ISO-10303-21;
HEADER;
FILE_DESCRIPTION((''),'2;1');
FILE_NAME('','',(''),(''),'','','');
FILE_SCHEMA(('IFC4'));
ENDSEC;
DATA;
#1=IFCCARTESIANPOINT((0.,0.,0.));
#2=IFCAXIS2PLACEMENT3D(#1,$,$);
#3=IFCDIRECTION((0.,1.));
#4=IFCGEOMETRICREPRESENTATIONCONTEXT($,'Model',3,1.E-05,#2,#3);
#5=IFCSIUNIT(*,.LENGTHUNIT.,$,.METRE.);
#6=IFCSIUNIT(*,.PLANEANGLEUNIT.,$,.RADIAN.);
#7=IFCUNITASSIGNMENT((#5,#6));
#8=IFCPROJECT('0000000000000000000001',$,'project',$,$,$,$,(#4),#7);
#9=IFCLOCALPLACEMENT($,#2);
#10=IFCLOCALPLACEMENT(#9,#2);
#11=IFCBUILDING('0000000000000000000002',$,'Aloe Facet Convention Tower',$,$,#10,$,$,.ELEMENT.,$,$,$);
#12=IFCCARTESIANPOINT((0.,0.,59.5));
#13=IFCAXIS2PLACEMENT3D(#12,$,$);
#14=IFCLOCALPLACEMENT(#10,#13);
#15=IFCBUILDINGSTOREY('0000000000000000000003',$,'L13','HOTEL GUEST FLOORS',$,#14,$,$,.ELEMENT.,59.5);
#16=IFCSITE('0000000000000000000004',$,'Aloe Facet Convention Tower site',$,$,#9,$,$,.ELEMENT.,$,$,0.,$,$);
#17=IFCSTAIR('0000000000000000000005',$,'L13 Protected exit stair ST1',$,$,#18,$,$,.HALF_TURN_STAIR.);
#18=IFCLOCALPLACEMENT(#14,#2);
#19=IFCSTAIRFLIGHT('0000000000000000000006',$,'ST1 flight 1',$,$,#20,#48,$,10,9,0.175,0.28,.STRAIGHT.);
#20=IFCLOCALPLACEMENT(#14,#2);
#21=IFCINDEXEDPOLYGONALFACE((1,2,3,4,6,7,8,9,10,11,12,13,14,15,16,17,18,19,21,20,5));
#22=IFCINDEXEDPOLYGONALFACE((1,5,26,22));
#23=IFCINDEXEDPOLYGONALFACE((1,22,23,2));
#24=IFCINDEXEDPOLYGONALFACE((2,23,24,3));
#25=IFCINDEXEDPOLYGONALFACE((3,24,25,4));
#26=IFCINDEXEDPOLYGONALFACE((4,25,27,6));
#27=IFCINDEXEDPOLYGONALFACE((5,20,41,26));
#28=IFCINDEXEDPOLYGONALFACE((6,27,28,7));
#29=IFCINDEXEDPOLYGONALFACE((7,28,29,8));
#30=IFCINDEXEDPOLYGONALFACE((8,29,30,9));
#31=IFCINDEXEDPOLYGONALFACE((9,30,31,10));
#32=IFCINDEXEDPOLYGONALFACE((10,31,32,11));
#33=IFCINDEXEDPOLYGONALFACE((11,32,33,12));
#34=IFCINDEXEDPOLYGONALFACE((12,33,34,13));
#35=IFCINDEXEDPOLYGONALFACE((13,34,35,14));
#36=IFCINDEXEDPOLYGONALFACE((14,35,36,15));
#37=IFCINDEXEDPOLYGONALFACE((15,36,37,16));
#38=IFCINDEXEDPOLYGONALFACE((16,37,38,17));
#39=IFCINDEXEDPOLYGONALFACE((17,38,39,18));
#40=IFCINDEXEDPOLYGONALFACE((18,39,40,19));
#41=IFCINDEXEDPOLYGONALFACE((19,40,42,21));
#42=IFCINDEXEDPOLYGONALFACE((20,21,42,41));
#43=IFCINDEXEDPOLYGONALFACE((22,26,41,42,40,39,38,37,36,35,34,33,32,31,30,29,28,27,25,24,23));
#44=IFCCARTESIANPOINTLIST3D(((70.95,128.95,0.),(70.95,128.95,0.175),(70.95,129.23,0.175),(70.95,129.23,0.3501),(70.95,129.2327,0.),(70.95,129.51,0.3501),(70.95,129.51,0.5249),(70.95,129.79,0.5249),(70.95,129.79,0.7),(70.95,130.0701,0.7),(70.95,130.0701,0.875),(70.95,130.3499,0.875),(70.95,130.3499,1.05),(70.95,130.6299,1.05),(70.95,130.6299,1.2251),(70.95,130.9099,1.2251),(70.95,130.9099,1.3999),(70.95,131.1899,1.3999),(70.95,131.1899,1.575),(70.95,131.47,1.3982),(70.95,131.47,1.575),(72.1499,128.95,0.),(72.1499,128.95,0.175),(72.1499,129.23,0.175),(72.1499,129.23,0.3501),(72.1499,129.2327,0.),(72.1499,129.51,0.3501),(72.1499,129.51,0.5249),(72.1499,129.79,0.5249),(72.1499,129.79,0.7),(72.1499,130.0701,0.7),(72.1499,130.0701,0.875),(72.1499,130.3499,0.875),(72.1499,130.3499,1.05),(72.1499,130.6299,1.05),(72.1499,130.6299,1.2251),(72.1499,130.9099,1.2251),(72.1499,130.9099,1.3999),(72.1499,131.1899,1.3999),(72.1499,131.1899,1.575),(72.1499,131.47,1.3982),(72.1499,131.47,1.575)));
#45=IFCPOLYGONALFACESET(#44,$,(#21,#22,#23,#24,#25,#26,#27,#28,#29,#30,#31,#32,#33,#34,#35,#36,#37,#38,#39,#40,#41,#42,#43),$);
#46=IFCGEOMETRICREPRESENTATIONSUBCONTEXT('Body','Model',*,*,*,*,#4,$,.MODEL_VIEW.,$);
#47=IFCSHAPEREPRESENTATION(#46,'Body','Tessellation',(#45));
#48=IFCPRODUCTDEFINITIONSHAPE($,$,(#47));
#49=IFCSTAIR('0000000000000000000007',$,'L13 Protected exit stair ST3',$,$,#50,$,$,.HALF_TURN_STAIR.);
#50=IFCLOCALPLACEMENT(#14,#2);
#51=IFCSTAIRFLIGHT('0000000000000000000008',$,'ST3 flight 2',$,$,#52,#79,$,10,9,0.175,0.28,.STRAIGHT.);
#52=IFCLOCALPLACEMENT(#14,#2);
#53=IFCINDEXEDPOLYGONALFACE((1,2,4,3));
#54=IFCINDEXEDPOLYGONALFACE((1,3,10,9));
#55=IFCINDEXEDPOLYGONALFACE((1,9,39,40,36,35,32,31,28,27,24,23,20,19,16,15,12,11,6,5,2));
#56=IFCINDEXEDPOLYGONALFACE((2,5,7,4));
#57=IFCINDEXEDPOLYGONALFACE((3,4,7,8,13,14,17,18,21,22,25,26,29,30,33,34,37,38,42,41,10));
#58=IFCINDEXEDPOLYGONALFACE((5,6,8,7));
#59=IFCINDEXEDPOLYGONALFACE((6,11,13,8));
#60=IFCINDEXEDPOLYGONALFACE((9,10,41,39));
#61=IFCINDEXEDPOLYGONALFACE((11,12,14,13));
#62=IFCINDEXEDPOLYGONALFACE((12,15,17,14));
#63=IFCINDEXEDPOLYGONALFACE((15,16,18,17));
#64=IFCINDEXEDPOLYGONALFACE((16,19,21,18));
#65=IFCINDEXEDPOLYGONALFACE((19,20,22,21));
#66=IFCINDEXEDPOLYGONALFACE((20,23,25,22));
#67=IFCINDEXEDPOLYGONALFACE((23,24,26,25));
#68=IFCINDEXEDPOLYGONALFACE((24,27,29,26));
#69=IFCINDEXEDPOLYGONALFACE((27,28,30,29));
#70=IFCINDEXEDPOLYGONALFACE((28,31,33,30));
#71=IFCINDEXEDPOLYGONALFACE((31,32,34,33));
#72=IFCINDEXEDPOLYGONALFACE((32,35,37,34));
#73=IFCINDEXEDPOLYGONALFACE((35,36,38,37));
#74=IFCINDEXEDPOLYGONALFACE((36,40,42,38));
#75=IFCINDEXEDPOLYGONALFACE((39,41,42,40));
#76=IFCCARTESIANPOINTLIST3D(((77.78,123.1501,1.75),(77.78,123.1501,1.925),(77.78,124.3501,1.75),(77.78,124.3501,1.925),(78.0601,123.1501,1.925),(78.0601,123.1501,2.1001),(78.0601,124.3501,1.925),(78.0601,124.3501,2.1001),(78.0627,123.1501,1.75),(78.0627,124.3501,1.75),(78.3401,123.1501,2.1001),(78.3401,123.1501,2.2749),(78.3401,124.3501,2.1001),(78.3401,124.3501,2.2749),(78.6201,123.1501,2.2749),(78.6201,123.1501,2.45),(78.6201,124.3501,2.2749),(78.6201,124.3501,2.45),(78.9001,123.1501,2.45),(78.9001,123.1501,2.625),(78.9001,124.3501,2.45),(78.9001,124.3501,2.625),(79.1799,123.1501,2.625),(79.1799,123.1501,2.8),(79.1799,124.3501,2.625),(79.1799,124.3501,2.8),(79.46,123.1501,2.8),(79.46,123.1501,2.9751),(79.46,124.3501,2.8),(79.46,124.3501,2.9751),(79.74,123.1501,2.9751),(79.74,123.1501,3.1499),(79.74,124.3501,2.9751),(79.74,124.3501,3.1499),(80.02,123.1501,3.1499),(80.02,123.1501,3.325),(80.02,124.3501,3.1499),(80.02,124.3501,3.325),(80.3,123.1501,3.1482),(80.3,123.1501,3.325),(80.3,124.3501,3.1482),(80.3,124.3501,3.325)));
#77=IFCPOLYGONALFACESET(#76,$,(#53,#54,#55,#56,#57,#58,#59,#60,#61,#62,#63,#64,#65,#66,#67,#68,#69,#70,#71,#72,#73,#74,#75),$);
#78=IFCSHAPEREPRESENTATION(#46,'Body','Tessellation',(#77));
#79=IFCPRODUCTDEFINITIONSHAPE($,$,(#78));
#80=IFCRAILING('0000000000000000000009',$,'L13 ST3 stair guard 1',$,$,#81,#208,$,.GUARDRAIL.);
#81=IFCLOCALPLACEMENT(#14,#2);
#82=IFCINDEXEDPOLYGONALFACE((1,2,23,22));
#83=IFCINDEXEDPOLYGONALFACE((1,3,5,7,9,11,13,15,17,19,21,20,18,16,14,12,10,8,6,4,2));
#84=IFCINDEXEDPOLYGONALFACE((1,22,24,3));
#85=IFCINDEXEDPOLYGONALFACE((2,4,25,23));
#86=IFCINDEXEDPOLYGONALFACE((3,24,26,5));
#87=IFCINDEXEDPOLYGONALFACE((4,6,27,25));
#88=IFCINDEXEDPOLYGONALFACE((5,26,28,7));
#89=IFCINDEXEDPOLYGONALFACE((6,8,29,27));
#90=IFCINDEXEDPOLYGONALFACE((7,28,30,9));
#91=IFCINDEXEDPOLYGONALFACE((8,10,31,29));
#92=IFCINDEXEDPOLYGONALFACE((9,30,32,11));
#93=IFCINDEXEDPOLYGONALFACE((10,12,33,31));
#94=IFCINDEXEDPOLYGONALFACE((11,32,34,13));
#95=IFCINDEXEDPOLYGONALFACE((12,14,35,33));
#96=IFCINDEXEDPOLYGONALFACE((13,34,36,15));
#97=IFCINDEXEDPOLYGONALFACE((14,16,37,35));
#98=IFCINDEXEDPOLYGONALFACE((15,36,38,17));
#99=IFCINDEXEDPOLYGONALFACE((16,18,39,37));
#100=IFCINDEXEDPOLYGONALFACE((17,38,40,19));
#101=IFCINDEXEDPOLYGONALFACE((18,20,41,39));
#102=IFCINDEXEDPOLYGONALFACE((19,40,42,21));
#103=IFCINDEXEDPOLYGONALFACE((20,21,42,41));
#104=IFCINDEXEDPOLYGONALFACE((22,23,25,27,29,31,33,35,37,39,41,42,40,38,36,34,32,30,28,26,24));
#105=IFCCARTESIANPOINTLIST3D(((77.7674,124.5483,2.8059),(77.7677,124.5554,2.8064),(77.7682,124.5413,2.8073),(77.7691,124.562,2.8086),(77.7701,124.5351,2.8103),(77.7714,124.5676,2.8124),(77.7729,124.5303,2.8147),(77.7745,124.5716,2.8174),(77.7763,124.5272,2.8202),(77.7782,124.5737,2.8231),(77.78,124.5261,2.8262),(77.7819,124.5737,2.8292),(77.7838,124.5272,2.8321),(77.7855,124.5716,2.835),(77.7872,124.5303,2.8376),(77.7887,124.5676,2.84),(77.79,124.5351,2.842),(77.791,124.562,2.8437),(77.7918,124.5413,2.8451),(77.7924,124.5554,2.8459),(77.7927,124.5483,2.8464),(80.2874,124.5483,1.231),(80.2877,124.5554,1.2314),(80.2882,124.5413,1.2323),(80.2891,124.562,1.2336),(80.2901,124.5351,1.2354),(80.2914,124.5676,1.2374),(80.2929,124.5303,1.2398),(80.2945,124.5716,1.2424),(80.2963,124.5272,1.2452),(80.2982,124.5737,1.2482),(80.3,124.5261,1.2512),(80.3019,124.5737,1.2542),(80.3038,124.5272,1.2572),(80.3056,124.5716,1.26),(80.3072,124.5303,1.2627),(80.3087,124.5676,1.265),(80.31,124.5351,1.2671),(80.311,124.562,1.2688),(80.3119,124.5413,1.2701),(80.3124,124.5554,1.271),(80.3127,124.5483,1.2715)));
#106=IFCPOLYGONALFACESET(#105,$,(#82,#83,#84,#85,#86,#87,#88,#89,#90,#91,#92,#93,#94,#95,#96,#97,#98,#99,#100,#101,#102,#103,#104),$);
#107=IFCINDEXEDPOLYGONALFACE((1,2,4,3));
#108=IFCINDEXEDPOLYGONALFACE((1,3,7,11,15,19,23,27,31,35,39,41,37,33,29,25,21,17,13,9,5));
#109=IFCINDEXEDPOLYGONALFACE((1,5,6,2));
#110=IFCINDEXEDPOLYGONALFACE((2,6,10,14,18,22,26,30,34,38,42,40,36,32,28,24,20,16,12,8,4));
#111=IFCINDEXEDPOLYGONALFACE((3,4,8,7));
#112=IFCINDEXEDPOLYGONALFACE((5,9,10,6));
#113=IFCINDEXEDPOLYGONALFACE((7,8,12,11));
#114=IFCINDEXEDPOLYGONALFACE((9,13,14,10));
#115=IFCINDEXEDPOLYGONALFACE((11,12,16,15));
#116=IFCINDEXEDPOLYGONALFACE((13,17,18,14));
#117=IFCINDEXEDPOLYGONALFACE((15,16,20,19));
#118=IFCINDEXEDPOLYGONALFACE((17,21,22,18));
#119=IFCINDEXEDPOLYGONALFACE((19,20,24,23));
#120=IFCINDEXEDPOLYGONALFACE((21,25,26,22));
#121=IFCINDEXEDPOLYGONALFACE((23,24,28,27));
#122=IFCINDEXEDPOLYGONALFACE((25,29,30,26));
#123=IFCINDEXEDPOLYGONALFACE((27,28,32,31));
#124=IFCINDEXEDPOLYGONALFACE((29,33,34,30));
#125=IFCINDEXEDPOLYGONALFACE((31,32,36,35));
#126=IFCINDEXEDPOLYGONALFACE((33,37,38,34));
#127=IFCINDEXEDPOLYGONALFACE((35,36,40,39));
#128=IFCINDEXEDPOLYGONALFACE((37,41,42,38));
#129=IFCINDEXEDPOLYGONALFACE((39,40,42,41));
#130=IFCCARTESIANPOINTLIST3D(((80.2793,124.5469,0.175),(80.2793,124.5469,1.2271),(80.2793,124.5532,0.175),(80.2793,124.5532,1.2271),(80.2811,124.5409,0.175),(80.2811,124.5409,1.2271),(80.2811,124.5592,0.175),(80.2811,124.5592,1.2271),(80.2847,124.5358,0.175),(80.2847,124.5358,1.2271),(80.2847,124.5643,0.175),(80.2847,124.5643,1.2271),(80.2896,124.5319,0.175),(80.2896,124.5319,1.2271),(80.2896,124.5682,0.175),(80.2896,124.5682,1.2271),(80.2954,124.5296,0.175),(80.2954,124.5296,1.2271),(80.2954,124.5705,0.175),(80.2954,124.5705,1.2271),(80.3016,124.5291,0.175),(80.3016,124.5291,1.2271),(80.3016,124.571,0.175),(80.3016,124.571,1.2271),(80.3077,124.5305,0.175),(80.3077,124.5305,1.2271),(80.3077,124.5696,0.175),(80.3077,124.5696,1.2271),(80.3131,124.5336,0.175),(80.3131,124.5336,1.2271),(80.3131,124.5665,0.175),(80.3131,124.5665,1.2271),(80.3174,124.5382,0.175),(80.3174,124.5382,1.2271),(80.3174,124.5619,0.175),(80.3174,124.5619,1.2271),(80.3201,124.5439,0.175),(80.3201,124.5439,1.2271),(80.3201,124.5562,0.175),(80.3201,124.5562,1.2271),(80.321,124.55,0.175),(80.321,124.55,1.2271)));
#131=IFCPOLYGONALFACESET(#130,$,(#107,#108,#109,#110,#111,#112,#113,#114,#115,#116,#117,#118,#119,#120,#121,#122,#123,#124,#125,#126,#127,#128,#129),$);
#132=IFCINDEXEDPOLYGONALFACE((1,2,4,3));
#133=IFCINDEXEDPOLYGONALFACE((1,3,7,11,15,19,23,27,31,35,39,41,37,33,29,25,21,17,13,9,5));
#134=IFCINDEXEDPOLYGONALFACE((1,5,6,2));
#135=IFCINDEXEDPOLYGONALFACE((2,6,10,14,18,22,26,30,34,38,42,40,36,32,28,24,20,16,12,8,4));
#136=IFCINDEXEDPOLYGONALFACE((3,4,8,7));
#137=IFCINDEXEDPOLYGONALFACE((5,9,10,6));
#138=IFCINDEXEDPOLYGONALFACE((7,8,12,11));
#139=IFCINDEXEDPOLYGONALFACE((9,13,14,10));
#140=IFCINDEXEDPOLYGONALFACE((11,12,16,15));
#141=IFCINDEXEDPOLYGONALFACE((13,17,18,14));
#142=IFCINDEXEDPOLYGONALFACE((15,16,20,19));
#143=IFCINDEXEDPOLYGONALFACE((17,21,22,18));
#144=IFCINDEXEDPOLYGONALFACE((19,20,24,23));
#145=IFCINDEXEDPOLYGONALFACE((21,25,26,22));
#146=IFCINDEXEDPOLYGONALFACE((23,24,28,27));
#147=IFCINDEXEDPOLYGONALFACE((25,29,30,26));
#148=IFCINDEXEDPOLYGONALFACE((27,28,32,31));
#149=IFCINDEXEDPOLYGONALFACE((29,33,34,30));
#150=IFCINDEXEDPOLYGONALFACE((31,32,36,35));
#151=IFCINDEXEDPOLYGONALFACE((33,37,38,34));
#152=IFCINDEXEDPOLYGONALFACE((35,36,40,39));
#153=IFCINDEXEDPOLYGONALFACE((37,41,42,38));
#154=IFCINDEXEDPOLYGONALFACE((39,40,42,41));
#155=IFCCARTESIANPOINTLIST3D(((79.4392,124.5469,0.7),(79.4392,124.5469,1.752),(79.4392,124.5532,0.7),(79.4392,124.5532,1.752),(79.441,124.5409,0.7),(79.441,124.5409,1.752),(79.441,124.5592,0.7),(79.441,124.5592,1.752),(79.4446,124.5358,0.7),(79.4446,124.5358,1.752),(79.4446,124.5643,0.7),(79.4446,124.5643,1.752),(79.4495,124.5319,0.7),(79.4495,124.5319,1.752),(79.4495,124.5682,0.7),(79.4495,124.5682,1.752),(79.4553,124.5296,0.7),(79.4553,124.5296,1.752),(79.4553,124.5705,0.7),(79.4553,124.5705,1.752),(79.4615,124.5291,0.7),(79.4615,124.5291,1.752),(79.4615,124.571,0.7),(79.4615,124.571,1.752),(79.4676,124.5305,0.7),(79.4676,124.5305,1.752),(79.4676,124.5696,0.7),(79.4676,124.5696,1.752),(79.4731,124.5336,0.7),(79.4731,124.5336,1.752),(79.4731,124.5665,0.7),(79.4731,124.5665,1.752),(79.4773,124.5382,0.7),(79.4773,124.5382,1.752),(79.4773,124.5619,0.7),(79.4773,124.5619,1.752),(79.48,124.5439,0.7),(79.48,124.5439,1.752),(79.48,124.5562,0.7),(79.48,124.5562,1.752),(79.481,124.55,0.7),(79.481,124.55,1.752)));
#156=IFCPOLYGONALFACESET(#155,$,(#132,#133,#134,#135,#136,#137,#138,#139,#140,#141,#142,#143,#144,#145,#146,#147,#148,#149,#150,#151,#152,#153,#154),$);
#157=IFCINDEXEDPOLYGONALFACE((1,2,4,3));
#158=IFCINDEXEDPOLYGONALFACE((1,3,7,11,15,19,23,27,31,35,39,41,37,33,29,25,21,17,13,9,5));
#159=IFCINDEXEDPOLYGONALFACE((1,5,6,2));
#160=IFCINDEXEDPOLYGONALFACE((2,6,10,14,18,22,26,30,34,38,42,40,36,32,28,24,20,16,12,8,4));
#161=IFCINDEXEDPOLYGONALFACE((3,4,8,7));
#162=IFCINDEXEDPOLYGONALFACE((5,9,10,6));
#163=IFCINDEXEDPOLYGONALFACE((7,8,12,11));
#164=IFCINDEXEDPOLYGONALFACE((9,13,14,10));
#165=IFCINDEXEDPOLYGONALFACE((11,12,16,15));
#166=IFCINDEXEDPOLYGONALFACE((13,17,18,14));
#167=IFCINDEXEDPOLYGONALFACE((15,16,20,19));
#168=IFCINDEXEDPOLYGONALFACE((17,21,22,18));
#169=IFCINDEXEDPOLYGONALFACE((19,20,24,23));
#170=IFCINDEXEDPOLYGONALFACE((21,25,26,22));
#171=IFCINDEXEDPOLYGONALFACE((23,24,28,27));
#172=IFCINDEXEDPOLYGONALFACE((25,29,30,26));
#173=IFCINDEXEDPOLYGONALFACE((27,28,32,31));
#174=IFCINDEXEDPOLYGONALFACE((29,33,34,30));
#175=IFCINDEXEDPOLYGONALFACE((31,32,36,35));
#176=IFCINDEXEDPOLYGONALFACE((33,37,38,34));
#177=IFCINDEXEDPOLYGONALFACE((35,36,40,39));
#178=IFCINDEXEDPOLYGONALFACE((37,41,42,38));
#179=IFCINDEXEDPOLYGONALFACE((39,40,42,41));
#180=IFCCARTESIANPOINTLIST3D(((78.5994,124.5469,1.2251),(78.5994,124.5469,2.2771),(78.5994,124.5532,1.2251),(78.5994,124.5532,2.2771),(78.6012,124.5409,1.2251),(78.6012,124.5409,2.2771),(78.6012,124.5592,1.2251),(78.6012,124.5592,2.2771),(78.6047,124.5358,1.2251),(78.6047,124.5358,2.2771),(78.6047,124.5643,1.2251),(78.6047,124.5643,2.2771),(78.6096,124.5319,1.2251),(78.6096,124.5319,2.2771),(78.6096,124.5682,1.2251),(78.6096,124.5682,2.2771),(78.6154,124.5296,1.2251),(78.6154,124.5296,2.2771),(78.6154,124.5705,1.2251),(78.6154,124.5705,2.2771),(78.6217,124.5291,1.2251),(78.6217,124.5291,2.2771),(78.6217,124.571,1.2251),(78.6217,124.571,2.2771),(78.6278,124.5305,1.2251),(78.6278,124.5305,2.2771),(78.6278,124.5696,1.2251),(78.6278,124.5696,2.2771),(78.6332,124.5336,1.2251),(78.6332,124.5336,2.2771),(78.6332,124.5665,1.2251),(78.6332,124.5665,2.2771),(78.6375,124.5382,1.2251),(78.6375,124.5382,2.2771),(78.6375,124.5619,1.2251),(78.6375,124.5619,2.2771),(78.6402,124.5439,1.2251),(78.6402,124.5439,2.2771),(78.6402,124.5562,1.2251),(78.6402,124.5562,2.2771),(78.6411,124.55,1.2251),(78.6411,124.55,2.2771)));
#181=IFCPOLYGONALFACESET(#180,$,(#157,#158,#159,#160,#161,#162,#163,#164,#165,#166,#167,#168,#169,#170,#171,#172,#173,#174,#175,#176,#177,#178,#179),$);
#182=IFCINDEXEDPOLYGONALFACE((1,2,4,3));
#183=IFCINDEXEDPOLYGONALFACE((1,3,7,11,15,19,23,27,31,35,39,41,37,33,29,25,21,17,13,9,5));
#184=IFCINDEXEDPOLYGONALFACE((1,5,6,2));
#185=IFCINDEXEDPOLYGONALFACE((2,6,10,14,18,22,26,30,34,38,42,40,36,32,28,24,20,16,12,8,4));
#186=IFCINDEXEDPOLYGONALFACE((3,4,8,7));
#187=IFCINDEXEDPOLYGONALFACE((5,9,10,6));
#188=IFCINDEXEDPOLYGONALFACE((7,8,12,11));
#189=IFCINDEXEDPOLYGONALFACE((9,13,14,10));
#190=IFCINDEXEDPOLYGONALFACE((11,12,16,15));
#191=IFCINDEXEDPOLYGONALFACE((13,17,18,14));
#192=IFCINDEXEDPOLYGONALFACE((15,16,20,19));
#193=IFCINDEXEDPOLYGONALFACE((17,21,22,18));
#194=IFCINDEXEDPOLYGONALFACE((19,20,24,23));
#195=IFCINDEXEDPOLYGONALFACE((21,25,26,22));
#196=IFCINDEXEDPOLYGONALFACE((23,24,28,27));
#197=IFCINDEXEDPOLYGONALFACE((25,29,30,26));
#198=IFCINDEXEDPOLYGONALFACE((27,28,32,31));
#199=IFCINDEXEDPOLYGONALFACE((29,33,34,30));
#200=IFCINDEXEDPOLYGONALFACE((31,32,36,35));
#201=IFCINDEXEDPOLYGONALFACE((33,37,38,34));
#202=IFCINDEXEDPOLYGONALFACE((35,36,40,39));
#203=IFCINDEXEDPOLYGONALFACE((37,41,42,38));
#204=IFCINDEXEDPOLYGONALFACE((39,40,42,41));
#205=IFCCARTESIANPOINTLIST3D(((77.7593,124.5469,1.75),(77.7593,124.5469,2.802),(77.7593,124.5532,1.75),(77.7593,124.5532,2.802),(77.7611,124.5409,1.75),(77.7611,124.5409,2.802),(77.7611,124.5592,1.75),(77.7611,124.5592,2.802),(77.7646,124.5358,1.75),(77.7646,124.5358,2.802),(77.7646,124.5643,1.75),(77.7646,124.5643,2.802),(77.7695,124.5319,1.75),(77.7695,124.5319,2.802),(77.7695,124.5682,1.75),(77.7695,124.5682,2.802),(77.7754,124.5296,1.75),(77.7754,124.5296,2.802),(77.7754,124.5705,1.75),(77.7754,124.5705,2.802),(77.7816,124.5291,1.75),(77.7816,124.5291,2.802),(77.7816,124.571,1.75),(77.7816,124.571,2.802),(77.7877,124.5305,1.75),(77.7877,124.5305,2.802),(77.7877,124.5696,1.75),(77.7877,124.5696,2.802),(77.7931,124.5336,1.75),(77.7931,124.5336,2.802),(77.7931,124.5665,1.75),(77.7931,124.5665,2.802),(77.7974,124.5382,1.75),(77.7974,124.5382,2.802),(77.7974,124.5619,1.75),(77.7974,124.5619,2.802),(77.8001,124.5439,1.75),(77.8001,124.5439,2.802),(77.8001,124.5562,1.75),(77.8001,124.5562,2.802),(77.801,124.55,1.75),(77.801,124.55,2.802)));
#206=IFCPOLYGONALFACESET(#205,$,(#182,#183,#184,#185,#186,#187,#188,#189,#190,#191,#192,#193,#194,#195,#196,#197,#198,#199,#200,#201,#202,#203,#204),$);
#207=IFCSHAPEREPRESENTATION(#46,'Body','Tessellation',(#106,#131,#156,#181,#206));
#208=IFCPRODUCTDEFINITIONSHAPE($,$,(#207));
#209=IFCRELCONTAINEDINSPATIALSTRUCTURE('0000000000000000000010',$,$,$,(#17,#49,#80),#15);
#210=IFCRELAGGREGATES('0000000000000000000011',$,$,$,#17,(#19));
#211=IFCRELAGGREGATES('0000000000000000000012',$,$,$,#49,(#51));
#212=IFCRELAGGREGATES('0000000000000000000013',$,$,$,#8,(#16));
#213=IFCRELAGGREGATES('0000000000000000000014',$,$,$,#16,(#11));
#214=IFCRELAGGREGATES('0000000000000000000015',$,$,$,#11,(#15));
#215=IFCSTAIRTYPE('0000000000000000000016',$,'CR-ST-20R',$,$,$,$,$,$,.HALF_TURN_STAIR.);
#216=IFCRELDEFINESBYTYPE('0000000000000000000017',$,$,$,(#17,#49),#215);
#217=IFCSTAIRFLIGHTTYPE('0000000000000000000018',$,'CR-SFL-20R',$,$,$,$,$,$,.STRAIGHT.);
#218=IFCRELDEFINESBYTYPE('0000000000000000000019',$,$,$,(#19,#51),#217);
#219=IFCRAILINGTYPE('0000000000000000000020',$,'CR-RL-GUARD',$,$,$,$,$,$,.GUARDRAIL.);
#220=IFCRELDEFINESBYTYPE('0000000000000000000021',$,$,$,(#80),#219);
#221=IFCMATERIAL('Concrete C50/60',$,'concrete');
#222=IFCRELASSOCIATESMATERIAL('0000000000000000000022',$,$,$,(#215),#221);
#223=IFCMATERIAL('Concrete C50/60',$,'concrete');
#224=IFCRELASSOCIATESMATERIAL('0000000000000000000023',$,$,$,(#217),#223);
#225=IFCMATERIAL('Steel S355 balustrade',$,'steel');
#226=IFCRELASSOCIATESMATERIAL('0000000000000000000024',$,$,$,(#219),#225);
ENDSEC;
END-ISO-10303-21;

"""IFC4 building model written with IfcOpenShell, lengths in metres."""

from ifc_helpers import new_model, si_unit, direction, frame, origin, origin_2d, place, context, subcontext, project, spatial, polyline, circle, outline, extrude, material, type_object, element, aggregate, save


model = new_model("IFC4")

# Units and contexts
model_context = context("Model", 3, precision=1e-05, world=origin(), true_north=direction((0.0, 1.0)))
body_context = subcontext(model_context, "Body", "Model", "MODEL_VIEW")
ifc_project = project(units=[si_unit("LENGTHUNIT", "METRE"), si_unit("PLANEANGLEUNIT", "RADIAN")], contexts=[model_context])

# Site, building, storey
site_placement = place(None, origin())
site = spatial("IfcSite", under=ifc_project, at=site_placement, Name="Aloe Facet Convention Tower site", CompositionType="ELEMENT", RefElevation=0.0)
building_placement = place(site_placement, origin())
building = spatial("IfcBuilding", under=site, at=building_placement, Name="Aloe Facet Convention Tower", CompositionType="ELEMENT")
storey_placement = place(building_placement, frame((0.0, 0.0, 59.5)))
storey = spatial("IfcBuildingStorey", under=building, at=storey_placement, Name="L13", Description="HOTEL GUEST FLOORS", CompositionType="ELEMENT", Elevation=59.5)

# Stairs, stair flights
ifc_material_1 = material(Name="Concrete C50/60", Category="concrete")
stair_type = type_object("IfcStairType", Name="CR-ST-20R", PredefinedType="HALF_TURN_STAIR", material=ifc_material_1)
stair_1_placement = place(storey_placement, origin())
stair_1 = element("IfcStair", 1, at=stair_1_placement, inside=storey, type_object=stair_type, Name="L13 Protected exit stair ST1", PredefinedType="HALF_TURN_STAIR")
ifc_material_2 = material(Name="Concrete C50/60", Category="concrete")
stair_flight_type = type_object("IfcStairFlightType", Name="CR-SFL-20R", PredefinedType="STRAIGHT", material=ifc_material_2)
stair_flight_1_placement = place(storey_placement, frame((71.55, 128.95, 0.0), z_axis=(0.0, 0.0, 1.0), x_axis=(0.0, 1.0, 0.0)))
stair_flight_1 = element("IfcStairFlight", 2, at=stair_flight_1_placement, type_object=stair_flight_type, Name="ST1 flight 1", NumberOfRisers=10, NumberOfTreads=9, PredefinedType="STRAIGHT", RiserHeight=0.175, TreadLength=0.28, context=body_context, shape_type="SweptSolid", body=[
    extrude(outline(polyline([(0.0, 0.0), (0.0, 0.175), (0.28, 0.175), (0.28, 0.3501), (0.5601, 0.3501), (0.5601, 0.5249), (0.8401, 0.5249), (0.8401, 0.7), (1.1201, 0.7), (1.1201, 0.875), (1.3999, 0.875), (1.3999, 1.05), (1.6799, 1.05), (1.6799, 1.2251), (1.96, 1.2251), (1.96, 1.3999), (2.24, 1.3999), (2.24, 1.575), (2.52, 1.575), (2.52, 1.75), (2.52, 1.3982), (0.2827, 0.0), (0.0, 0.0)])), frame((0.0, 0.6001, 0.0), z_axis=(0.0, -1.0, 0.0), x_axis=(1.0, 0.0, 0.0)), (0.0, 0.0, 1.0), 1.2),
])
aggregate(stair_1, [stair_flight_1])
stair_2_placement = place(storey_placement, origin())
stair_2 = element("IfcStair", 3, at=stair_2_placement, inside=storey, type_object=stair_type, Name="L13 Protected exit stair ST3", PredefinedType="HALF_TURN_STAIR")
stair_flight_2_placement = place(storey_placement, frame((77.78, 123.75, 1.75), z_axis=(0.0, 0.0, 1.0), x_axis=(1.0, 0.0, 0.0)))
stair_flight_2 = element("IfcStairFlight", 4, at=stair_flight_2_placement, type_object=stair_flight_type, Name="ST3 flight 2", NumberOfRisers=10, NumberOfTreads=9, PredefinedType="STRAIGHT", RiserHeight=0.175, TreadLength=0.28, context=body_context, shape_type="SweptSolid", body=[
    extrude(outline(polyline([(0.0, 0.0), (0.0, 0.175), (0.28, 0.175), (0.28, 0.3501), (0.5601, 0.3501), (0.5601, 0.5249), (0.8401, 0.5249), (0.8401, 0.7), (1.1201, 0.7), (1.1201, 0.875), (1.3999, 0.875), (1.3999, 1.05), (1.6799, 1.05), (1.6799, 1.2251), (1.96, 1.2251), (1.96, 1.3999), (2.24, 1.3999), (2.24, 1.575), (2.52, 1.575), (2.52, 1.75), (2.52, 1.3982), (0.2827, 0.0), (0.0, 0.0)])), frame((0.0, 0.6001, 0.0), z_axis=(0.0, -1.0, 0.0), x_axis=(1.0, 0.0, 0.0)), (0.0, 0.0, 1.0), 1.2),
])
aggregate(stair_2, [stair_flight_2])

# Railing
ifc_material_3 = material(Name="Steel S355 balustrade", Category="steel")
railing_type_1 = type_object("IfcRailingType", Name="CR-RL-GUARD", PredefinedType="GUARDRAIL", material=ifc_material_3)
railing_1_placement = place(storey_placement, frame((80.3, 124.55, 0.175)))
element("IfcRailing", 5, at=railing_1_placement, inside=storey, type_object=railing_type_1, Name="L13 ST3 stair guard 1", PredefinedType="GUARDRAIL", context=body_context, shape_type="SweptSolid", body=[
    extrude(circle(Radius=0.0239, at=origin_2d()), frame((0.0, 0.0, 1.0762), z_axis=(-0.848008, 0.0, 0.529984), x_axis=(0.0, -1.0, 0.0)), (0.0, 0.0, 1.0), 2.9717),
    extrude(circle(Radius=0.021, at=origin_2d()), origin(), (0.0, 0.0, 1.0), 1.052),
    extrude(circle(Radius=0.021, at=origin_2d()), frame((-0.8401, 0.0, 0.5249)), (0.0, 0.0, 1.0), 1.052),
    extrude(circle(Radius=0.021, at=origin_2d()), frame((-1.6799, 0.0, 1.05)), (0.0, 0.0, 1.0), 1.052),
    extrude(circle(Radius=0.021, at=origin_2d()), frame((-2.52, 0.0, 1.575)), (0.0, 0.0, 1.0), 1.052),
])

save(model, "model.ifc")
